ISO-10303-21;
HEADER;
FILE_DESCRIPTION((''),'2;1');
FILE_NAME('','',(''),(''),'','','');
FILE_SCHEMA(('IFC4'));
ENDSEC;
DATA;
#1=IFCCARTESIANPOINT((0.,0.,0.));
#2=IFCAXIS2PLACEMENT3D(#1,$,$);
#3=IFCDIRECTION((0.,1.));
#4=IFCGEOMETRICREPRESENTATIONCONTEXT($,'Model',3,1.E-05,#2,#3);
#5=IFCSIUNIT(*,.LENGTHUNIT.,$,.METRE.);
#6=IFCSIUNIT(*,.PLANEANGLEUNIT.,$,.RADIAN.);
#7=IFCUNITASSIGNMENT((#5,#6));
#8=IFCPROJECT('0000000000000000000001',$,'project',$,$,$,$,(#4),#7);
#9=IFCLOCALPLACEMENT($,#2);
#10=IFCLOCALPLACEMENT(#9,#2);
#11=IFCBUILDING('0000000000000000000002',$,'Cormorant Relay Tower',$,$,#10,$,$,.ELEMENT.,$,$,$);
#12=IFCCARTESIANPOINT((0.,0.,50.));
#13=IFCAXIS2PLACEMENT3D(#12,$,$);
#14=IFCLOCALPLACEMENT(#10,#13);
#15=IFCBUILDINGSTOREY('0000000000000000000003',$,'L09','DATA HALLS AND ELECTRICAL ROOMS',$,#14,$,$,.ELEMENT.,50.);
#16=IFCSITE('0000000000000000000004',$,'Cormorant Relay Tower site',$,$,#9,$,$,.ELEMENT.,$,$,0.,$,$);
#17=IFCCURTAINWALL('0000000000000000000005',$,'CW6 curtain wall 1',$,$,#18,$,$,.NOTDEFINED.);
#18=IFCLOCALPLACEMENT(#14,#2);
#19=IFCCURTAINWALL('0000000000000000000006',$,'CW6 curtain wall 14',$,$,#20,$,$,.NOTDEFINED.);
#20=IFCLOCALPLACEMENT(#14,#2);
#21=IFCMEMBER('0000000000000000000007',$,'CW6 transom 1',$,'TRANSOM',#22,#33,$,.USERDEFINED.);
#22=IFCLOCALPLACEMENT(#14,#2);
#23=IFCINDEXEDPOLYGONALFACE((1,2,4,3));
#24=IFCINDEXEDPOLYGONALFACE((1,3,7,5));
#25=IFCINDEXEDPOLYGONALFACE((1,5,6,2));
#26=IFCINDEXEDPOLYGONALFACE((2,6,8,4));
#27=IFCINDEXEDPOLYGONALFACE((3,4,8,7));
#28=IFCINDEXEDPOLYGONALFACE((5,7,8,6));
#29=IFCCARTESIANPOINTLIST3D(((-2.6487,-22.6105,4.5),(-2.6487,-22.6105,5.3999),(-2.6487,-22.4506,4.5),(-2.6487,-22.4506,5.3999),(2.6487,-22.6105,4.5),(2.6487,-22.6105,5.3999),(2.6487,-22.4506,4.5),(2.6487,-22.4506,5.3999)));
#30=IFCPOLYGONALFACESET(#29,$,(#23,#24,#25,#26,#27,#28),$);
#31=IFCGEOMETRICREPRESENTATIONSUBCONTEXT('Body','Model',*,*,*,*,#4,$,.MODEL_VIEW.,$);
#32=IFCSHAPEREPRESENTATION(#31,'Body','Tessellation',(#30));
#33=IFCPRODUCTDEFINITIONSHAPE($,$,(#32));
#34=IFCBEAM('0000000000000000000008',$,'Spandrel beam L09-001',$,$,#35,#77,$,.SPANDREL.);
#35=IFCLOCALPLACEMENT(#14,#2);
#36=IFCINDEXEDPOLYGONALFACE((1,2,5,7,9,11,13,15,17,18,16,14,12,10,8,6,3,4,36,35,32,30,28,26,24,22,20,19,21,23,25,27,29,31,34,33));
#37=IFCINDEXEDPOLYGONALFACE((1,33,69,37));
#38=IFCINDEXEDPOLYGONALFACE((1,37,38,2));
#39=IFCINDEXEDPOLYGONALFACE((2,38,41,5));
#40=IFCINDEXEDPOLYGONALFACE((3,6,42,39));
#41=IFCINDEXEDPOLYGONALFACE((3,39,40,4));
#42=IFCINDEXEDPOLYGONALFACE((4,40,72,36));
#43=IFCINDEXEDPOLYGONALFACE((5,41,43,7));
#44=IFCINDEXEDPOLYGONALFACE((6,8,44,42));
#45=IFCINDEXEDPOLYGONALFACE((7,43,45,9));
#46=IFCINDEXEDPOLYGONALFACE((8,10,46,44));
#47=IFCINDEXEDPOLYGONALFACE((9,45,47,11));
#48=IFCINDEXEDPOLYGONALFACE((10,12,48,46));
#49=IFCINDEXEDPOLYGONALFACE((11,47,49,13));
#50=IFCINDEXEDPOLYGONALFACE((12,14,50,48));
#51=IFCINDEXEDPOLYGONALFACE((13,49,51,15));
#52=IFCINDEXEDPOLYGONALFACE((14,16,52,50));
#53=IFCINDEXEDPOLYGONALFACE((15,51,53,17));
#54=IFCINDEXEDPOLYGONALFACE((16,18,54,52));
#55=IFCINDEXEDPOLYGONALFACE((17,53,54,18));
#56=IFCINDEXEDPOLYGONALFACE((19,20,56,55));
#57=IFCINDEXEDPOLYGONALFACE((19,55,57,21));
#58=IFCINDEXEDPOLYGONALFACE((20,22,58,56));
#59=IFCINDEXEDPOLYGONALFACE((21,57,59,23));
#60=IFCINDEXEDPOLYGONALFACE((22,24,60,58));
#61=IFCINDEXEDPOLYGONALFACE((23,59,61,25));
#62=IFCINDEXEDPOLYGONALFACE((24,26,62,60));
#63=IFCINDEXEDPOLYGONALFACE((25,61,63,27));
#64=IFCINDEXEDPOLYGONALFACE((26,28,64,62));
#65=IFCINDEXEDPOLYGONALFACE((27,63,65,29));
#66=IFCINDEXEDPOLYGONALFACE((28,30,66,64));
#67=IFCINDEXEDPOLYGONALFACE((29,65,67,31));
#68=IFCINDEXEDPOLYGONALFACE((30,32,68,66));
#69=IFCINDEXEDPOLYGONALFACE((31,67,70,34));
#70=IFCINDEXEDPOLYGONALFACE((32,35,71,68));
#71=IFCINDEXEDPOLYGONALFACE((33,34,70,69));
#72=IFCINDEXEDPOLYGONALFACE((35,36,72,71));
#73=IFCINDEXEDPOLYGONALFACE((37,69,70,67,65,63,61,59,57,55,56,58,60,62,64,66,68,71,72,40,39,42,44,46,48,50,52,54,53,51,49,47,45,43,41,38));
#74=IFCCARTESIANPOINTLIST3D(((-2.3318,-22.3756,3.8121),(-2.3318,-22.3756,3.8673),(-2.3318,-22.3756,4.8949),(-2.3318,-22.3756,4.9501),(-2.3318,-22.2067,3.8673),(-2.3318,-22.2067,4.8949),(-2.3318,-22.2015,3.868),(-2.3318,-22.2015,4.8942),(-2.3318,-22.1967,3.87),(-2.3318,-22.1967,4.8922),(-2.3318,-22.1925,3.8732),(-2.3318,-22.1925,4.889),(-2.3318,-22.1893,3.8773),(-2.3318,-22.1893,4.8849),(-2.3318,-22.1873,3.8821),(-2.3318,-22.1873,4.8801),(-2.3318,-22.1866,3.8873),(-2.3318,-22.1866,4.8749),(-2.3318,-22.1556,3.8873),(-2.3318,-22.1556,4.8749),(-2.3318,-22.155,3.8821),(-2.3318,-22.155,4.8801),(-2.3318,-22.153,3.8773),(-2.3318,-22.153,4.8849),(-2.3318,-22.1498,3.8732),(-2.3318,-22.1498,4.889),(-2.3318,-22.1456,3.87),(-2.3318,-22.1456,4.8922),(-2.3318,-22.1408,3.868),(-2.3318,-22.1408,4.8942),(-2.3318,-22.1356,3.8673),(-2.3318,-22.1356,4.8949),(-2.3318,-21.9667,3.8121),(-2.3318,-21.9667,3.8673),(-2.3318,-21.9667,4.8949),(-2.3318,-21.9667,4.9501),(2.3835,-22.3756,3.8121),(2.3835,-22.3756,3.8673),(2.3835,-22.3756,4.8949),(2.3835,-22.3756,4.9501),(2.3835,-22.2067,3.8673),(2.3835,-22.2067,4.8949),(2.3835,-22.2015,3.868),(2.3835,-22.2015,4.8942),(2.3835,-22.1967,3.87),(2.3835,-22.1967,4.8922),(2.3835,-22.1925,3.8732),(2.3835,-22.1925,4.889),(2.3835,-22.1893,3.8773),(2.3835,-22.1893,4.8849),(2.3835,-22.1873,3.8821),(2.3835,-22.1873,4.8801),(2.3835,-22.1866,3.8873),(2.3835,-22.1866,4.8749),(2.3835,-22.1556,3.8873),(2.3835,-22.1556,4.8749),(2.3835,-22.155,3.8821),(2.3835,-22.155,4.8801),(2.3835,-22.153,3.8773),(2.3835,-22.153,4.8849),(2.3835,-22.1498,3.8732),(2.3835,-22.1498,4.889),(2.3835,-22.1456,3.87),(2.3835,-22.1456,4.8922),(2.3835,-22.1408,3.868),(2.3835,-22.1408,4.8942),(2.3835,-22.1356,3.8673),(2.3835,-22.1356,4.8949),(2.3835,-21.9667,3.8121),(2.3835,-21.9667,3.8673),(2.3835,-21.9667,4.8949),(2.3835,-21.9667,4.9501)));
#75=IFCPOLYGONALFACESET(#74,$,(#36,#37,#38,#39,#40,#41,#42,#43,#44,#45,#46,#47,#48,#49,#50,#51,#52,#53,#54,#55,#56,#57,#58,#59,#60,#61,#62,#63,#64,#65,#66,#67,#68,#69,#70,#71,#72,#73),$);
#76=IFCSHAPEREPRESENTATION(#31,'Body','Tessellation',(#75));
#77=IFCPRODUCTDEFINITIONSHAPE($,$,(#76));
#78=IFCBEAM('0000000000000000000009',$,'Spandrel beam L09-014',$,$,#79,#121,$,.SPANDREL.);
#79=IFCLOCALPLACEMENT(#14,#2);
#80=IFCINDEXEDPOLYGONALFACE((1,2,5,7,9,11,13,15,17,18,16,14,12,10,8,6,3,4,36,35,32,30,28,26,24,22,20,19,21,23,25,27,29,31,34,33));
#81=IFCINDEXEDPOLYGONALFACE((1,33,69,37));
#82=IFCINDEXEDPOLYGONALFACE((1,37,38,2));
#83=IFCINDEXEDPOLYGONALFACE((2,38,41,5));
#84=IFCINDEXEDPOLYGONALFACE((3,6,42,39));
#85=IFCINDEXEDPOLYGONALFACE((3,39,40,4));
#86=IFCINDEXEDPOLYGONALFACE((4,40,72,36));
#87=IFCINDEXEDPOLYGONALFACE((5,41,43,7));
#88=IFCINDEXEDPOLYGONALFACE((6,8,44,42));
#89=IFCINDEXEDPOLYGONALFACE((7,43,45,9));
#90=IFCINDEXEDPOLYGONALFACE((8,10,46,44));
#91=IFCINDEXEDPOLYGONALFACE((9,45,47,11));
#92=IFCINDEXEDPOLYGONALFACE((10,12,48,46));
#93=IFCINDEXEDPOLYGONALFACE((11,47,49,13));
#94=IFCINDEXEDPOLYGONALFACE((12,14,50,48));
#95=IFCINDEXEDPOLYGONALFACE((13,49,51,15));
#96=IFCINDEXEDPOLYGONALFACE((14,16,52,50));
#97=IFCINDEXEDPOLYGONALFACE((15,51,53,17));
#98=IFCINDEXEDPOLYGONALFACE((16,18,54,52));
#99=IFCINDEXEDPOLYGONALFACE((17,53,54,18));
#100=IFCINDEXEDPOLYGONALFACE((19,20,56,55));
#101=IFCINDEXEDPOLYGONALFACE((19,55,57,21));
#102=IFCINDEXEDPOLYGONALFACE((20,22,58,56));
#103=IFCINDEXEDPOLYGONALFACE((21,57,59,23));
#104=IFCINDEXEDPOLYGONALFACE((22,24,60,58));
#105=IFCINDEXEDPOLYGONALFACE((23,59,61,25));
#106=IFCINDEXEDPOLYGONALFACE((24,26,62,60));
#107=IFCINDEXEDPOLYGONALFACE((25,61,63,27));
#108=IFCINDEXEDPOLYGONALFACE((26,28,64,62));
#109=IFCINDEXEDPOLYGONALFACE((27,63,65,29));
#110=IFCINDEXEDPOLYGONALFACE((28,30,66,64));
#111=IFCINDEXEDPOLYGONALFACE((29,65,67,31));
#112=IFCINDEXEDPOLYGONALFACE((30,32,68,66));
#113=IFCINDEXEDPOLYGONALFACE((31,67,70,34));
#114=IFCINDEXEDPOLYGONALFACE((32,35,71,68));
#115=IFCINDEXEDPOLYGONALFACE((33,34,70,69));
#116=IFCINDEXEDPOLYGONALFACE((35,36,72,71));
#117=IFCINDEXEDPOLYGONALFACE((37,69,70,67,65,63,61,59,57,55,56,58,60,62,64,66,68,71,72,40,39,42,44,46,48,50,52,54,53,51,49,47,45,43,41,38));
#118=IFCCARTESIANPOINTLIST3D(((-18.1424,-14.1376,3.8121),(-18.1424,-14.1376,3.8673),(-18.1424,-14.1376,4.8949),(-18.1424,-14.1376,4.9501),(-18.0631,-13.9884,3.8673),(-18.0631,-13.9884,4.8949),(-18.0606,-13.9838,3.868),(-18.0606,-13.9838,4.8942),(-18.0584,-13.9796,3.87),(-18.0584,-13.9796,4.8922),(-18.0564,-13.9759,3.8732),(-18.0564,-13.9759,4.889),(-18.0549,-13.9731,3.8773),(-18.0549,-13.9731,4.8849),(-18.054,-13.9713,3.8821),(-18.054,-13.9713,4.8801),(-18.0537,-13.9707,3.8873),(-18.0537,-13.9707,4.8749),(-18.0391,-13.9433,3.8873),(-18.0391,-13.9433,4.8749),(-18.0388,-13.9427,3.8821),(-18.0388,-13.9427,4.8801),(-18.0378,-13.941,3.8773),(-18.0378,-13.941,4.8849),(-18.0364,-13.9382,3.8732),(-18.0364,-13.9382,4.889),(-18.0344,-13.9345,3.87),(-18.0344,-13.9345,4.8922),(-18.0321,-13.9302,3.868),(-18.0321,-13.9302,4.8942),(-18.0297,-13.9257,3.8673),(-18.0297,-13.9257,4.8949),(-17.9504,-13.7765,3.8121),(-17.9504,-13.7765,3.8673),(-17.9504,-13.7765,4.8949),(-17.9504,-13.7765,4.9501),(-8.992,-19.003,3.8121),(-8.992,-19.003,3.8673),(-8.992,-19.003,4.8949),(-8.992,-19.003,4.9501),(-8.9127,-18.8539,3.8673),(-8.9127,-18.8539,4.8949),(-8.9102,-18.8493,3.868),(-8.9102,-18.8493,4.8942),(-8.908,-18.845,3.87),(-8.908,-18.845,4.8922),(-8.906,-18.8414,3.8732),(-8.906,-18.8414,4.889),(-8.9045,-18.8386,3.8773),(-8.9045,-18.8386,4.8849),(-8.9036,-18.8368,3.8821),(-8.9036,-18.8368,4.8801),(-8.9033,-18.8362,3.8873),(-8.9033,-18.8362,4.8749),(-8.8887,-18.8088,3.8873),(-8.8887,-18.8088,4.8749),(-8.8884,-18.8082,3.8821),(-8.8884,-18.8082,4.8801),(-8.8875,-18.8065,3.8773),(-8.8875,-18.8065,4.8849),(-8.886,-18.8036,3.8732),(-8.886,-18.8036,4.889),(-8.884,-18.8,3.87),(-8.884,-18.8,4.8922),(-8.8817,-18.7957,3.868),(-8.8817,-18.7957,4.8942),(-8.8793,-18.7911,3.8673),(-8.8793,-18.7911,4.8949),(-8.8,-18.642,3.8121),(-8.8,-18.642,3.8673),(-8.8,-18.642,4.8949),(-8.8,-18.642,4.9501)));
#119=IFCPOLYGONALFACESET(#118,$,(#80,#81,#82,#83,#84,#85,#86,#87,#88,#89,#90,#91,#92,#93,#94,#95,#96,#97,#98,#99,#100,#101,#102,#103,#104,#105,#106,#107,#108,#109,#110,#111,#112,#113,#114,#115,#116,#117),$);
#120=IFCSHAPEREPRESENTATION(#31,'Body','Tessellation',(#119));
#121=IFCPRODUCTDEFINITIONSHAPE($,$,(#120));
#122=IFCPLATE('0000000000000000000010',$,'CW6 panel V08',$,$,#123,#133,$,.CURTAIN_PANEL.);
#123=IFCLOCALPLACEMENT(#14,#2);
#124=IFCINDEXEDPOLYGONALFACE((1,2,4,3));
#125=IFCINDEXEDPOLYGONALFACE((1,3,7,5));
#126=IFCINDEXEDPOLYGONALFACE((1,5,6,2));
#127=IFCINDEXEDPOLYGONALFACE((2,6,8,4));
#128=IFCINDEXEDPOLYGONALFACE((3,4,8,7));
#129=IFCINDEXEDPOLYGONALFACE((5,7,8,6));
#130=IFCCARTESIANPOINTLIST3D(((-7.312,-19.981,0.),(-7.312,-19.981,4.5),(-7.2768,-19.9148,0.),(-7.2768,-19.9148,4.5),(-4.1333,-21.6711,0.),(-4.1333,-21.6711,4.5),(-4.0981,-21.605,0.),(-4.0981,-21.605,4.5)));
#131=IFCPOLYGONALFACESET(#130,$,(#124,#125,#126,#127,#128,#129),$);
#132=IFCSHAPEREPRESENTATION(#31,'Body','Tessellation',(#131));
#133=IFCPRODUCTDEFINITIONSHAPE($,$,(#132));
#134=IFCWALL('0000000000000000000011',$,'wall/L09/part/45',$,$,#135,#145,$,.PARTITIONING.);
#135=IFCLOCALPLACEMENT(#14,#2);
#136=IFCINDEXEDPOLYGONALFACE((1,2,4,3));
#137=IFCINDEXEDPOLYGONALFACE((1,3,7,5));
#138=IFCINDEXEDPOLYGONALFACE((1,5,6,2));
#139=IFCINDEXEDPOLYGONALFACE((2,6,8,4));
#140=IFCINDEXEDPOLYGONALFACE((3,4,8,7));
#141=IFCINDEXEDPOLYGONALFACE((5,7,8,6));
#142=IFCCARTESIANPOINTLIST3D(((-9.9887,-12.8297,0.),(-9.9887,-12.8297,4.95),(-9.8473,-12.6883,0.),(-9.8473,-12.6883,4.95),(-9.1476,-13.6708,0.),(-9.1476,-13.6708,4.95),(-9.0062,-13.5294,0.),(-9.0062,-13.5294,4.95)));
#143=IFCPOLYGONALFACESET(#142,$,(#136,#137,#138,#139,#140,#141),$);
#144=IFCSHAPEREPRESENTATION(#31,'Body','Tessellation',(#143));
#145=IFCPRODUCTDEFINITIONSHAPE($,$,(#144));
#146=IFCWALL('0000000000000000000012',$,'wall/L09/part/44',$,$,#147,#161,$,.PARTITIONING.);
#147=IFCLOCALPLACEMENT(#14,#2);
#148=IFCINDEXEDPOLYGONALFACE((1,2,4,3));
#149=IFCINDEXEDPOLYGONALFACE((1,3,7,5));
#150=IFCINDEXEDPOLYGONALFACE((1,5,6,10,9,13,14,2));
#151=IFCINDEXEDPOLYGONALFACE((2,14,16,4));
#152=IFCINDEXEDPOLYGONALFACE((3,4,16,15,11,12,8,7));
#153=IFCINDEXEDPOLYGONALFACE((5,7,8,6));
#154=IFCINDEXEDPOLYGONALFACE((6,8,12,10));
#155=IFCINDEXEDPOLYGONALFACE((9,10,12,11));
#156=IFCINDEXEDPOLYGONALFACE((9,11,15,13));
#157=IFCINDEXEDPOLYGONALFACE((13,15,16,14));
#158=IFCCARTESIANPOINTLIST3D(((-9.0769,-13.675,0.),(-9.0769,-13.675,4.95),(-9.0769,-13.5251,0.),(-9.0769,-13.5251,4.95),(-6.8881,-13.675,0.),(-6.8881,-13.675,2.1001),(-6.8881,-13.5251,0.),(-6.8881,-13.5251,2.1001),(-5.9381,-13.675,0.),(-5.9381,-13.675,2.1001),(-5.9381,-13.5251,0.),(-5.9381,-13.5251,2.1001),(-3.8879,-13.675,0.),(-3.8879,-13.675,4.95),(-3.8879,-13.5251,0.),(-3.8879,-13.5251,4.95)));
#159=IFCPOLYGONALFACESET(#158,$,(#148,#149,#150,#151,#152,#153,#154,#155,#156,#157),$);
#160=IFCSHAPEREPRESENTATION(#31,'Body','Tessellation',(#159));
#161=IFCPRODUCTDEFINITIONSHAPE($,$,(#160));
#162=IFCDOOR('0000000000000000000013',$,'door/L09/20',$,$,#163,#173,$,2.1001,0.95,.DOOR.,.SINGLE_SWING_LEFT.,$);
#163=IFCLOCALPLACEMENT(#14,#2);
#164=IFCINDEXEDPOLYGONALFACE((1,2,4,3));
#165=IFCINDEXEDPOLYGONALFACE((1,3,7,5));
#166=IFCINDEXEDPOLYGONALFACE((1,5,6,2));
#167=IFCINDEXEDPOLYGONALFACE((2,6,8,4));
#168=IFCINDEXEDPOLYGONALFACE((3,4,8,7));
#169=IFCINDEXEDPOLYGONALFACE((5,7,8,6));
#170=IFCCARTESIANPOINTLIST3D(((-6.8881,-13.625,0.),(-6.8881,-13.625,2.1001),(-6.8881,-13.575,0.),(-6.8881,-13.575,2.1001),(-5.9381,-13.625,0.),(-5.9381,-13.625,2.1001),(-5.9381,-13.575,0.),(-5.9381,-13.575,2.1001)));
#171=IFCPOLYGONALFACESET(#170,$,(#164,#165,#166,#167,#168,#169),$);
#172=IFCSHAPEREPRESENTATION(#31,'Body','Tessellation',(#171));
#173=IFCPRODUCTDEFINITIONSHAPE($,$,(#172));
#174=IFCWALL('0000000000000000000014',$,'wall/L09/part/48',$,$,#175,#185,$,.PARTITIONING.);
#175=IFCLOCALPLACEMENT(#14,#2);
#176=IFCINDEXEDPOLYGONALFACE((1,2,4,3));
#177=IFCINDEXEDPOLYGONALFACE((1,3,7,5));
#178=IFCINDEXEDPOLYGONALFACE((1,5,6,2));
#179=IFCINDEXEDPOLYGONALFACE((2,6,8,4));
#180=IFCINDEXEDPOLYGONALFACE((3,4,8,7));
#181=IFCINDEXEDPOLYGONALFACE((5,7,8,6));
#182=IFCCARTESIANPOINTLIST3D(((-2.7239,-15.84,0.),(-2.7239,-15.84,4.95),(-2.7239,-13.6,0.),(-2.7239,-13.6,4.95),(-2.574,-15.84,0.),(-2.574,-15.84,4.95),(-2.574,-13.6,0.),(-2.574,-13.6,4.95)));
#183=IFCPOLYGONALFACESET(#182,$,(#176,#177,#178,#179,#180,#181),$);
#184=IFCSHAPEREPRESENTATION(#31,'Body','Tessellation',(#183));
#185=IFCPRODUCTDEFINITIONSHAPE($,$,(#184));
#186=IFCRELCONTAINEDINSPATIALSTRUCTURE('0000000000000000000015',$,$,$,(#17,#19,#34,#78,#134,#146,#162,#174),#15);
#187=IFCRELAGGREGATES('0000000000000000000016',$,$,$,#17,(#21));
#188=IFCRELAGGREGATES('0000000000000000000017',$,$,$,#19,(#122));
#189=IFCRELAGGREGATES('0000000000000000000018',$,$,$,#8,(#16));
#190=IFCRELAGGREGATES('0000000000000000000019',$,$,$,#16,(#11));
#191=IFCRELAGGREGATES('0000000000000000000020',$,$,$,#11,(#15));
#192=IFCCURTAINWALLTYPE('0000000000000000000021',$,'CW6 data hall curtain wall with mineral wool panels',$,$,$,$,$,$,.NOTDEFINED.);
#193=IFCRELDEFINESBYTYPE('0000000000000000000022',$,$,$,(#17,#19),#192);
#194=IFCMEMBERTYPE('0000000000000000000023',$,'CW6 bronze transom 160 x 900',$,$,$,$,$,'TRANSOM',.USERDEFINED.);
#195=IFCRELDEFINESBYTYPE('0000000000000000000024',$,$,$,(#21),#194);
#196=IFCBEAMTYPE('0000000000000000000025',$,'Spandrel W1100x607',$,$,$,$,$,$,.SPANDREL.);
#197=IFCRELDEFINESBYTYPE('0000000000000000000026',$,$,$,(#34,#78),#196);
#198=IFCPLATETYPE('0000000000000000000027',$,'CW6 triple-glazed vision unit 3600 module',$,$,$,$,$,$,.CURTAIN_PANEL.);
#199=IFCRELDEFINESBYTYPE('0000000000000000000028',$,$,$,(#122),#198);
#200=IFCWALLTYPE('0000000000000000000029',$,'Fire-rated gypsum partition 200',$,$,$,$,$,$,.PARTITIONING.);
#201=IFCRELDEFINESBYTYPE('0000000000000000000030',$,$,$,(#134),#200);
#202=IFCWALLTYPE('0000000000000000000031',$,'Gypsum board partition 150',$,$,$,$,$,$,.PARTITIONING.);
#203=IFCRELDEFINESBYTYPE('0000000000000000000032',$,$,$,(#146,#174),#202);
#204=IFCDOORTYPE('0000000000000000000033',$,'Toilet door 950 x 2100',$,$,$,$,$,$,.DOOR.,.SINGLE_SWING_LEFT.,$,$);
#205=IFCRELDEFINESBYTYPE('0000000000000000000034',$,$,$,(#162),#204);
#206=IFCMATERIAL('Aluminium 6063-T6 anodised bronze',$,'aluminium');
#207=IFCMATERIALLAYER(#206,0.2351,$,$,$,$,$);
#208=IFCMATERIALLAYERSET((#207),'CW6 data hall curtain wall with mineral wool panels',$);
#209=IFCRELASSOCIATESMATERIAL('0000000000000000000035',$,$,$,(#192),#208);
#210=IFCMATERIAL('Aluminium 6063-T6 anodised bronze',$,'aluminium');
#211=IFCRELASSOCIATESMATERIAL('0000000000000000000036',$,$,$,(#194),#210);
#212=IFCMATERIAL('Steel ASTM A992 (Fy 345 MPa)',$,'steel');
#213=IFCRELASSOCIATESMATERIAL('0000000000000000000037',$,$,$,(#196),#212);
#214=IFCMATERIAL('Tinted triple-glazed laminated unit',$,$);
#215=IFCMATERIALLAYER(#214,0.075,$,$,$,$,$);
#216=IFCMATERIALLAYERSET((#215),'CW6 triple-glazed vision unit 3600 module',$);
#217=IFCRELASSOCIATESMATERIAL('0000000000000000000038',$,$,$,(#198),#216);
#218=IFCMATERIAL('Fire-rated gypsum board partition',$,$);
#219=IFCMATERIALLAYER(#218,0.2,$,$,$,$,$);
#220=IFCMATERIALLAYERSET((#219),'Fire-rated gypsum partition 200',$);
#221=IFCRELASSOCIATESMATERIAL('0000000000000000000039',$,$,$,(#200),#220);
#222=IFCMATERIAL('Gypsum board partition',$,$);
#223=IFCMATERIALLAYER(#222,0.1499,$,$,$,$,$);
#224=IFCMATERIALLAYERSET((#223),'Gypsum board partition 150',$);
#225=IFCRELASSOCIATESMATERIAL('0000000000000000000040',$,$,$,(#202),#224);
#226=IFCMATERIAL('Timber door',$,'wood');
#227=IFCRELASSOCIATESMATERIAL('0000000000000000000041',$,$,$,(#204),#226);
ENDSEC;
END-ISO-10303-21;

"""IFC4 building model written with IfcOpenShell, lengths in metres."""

from ifc_helpers import new_model, si_unit, direction, frame, frame_2d, origin, origin_2d, place, context, subcontext, project, spatial, rectangle, i_section, extrude, material, layer, layer_set, material_profile, profile_set, type_object, element, fill, aggregate, save


model = new_model("IFC4")

# Units and contexts
model_context = context("Model", 3, precision=1e-05, world=origin(), true_north=direction((0.0, 1.0)))
body_context = subcontext(model_context, "Body", "Model", "MODEL_VIEW")
ifc_project = project(units=[si_unit("LENGTHUNIT", "METRE"), si_unit("PLANEANGLEUNIT", "RADIAN")], contexts=[model_context])

# Site, building, storey
site_placement = place(None, origin())
site = spatial("IfcSite", under=ifc_project, at=site_placement, Name="Cormorant Relay Tower site", CompositionType="ELEMENT", RefElevation=0.0)
building_placement = place(site_placement, origin())
building = spatial("IfcBuilding", under=site, at=building_placement, Name="Cormorant Relay Tower", CompositionType="ELEMENT")
storey_placement = place(building_placement, frame((0.0, 0.0, 50.0)))
storey = spatial("IfcBuildingStorey", under=building, at=storey_placement, Name="L09", Description="DATA HALLS AND ELECTRICAL ROOMS", CompositionType="ELEMENT", Elevation=50.0)

# Curtain wall
ifc_material_1 = material(Name="Aluminium 6063-T6 anodised bronze", Category="aluminium")
ifc_layer_1 = layer(ifc_material_1, 0.2351)
ifc_layer_set_1 = layer_set([ifc_layer_1], Name="CW6 data hall curtain wall with mineral wool panels")
curtain_wall_type = type_object("IfcCurtainWallType", Name="CW6 data hall curtain wall with mineral wool panels", PredefinedType="NOTDEFINED", material=ifc_layer_set_1)
curtain_wall_1_placement = place(storey_placement, origin())
curtain_wall_1 = element("IfcCurtainWall", 1, at=curtain_wall_1_placement, inside=storey, type_object=curtain_wall_type, Name="CW6 curtain wall 1", PredefinedType="NOTDEFINED")

# Curtain wall
curtain_wall_2_placement = place(storey_placement, origin())
curtain_wall_2 = element("IfcCurtainWall", 2, at=curtain_wall_2_placement, inside=storey, type_object=curtain_wall_type, Name="CW6 curtain wall 14", PredefinedType="NOTDEFINED")

# Member
ifc_material_2 = material(Name="Aluminium 6063-T6 anodised bronze", Category="aluminium")
ifc_material_profile_1 = material_profile(ifc_material_2, rectangle(XDim=0.1599, YDim=0.8999, at=origin_2d()), Name="AL 160x900")
ifc_profile_set_1 = profile_set([ifc_material_profile_1], Name="Aluminium 6063-T6 anodised bronze")
member_type_1 = type_object("IfcMemberType", Name="CW6 bronze transom 160 x 900", ElementType="TRANSOM", PredefinedType="USERDEFINED", material=ifc_profile_set_1)
member_1_placement = place(storey_placement, frame((-2.6487, -22.5305, 4.95), z_axis=(1.0, 0.0, 0.0), x_axis=(0.0, 1.0, 0.0)))
member_1 = element("IfcMember", 3, at=member_1_placement, type_object=member_type_1, Name="CW6 transom 1", ObjectType="TRANSOM", PredefinedType="USERDEFINED", context=body_context, shape_type="SweptSolid", body=[
    extrude(rectangle(XDim=0.1599, YDim=0.8999, at=origin_2d()), origin(), (0.0, 0.0, 1.0), 5.2974),
])

# Beams
ifc_material_3 = material(Name="Steel ASTM A992 (Fy 345 MPa)", Category="steel")
ifc_material_profile_2 = material_profile(ifc_material_3, i_section(OverallWidth=0.4089, OverallDepth=1.1379, WebThickness=0.031, FlangeThickness=0.0552, FilletRadius=0.02, at=origin_2d()), Name="W1100x607")
ifc_profile_set_2 = profile_set([ifc_material_profile_2], Name="Steel ASTM A992 (Fy 345 MPa)")
beam_type = type_object("IfcBeamType", Name="Spandrel W1100x607", PredefinedType="SPANDREL", material=ifc_profile_set_2)
beam_1_placement = place(storey_placement, frame((-2.3318, -22.1711, 4.3811), z_axis=(1.0, 0.0, 0.0), x_axis=(0.0, 1.0, 0.0)))
element("IfcBeam", 4, at=beam_1_placement, inside=storey, type_object=beam_type, Name="Spandrel beam L09-001", PredefinedType="SPANDREL", context=body_context, shape_type="SweptSolid", body=[
    extrude(i_section(OverallWidth=0.4089, OverallDepth=1.1379, WebThickness=0.031, FlangeThickness=0.0552, FilletRadius=0.02, at=origin_2d()), origin(), (0.0, 0.0, 1.0), 4.7153),
])
beam_2_placement = place(storey_placement, frame((-18.0464, -13.957, 4.3811), z_axis=(0.882942, -0.469481, 0.0), x_axis=(0.469481, 0.882942, 0.0)))
element("IfcBeam", 5, at=beam_2_placement, inside=storey, type_object=beam_type, Name="Spandrel beam L09-014", PredefinedType="SPANDREL", context=body_context, shape_type="SweptSolid", body=[
    extrude(i_section(OverallWidth=0.4089, OverallDepth=1.1379, WebThickness=0.031, FlangeThickness=0.0552, FilletRadius=0.02, at=origin_2d()), origin(), (0.0, 0.0, 1.0), 10.3635),
])

# Plate
ifc_material_4 = material(Name="Tinted triple-glazed laminated unit")
ifc_layer_2 = layer(ifc_material_4, 0.075)
ifc_layer_set_2 = layer_set([ifc_layer_2], Name="CW6 triple-glazed vision unit 3600 module")
plate_type = type_object("IfcPlateType", Name="CW6 triple-glazed vision unit 3600 module", PredefinedType="CURTAIN_PANEL", material=ifc_layer_set_2)
plate_placement = place(storey_placement, frame((-5.7051, -20.793, 0.0), z_axis=(0.0, 0.0, 1.0), x_axis=(0.882948, -0.469472, 0.0)))
plate = element("IfcPlate", 6, at=plate_placement, type_object=plate_type, Name="CW6 panel V08", PredefinedType="CURTAIN_PANEL", context=body_context, shape_type="SweptSolid", body=[
    extrude(rectangle(XDim=3.6001, YDim=0.075, at=origin_2d()), origin(), (0.0, 0.0, 1.0), 4.5),
])

# Wall
ifc_material_5 = material(Name="Fire-rated gypsum board partition")
ifc_layer_3 = layer(ifc_material_5, 0.2)
ifc_layer_set_3 = layer_set([ifc_layer_3], Name="Fire-rated gypsum partition 200")
wall_type_1 = type_object("IfcWallType", Name="Fire-rated gypsum partition 200", PredefinedType="PARTITIONING", material=ifc_layer_set_3)
wall_1_placement = place(storey_placement, frame((-9.0769, -13.6001, 0.0), z_axis=(0.0, 0.0, 1.0), x_axis=(-0.707107, 0.707107, 0.0)))
element("IfcWall", 7, at=wall_1_placement, inside=storey, type_object=wall_type_1, Name="wall/L09/part/45", PredefinedType="PARTITIONING", context=body_context, shape_type="SweptSolid", body=[
    extrude(rectangle(XDim=1.1895, YDim=0.2, at=frame_2d((0.5947, 0.0))), origin(), (0.0, 0.0, 1.0), 4.95),
])

# Wall, opening, door
ifc_material_6 = material(Name="Gypsum board partition")
ifc_layer_4 = layer(ifc_material_6, 0.1499)
ifc_layer_set_4 = layer_set([ifc_layer_4], Name="Gypsum board partition 150")
wall_type_2 = type_object("IfcWallType", Name="Gypsum board partition 150", PredefinedType="PARTITIONING", material=ifc_layer_set_4)
wall_2_placement = place(storey_placement, frame((-3.8879, -13.6001, 0.0), z_axis=(0.0, 0.0, 1.0), x_axis=(-1.0, 0.0, 0.0)))
wall_2 = element("IfcWall", 8, at=wall_2_placement, inside=storey, type_object=wall_type_2, Name="wall/L09/part/44", PredefinedType="PARTITIONING", context=body_context, shape_type="SweptSolid", body=[
    extrude(rectangle(XDim=5.189, YDim=0.1499, at=frame_2d((2.5945, 0.0))), origin(), (0.0, 0.0, 1.0), 4.95),
])
opening_1_placement = place(wall_2_placement, frame((2.05, 0.0, 0.0)))
opening_1 = element("IfcOpeningElement", 9, at=opening_1_placement, cuts=wall_2, PredefinedType="OPENING", context=body_context, shape_type="SweptSolid", body=[
    extrude(rectangle(XDim=0.95, YDim=2.1001, at=frame_2d((0.4751, 1.05))), frame((0.0, 0.085, 0.0), z_axis=(0.0, -1.0, 0.0), x_axis=(1.0, 0.0, 0.0)), (0.0, 0.0, 1.0), 0.1699),
])
ifc_material_7 = material(Name="Timber door", Category="wood")
door_type_1 = type_object("IfcDoorType", Name="Toilet door 950 x 2100", OperationType="SINGLE_SWING_LEFT", PredefinedType="DOOR", material=ifc_material_7)
door_1_placement = place(opening_1_placement, origin())
door_1 = element("IfcDoor", 10, at=door_1_placement, inside=storey, type_object=door_type_1, Name="door/L09/20", OperationType="SINGLE_SWING_LEFT", OverallHeight=2.1001, OverallWidth=0.95, PredefinedType="DOOR", context=body_context, shape_type="SweptSolid", body=[
    extrude(rectangle(XDim=0.95, YDim=2.1001, at=frame_2d((0.4751, 1.05))), frame((0.0, 0.0249, 0.0), z_axis=(0.0, -1.0, 0.0), x_axis=(1.0, 0.0, 0.0)), (0.0, 0.0, 1.0), 0.05),
])
fill(opening_1, door_1)

# Wall
wall_3_placement = place(storey_placement, frame((-2.6489, -15.8401, 0.0), z_axis=(0.0, 0.0, 1.0), x_axis=(0.0, 1.0, 0.0)))
element("IfcWall", 11, at=wall_3_placement, inside=storey, type_object=wall_type_2, Name="wall/L09/part/48", PredefinedType="PARTITIONING", context=body_context, shape_type="SweptSolid", body=[
    extrude(rectangle(XDim=2.24, YDim=0.1499, at=frame_2d((1.1201, 0.0))), origin(), (0.0, 0.0, 1.0), 4.95),
])

aggregate(curtain_wall_1, [member_1])
aggregate(curtain_wall_2, [plate])

save(model, "model.ifc")
